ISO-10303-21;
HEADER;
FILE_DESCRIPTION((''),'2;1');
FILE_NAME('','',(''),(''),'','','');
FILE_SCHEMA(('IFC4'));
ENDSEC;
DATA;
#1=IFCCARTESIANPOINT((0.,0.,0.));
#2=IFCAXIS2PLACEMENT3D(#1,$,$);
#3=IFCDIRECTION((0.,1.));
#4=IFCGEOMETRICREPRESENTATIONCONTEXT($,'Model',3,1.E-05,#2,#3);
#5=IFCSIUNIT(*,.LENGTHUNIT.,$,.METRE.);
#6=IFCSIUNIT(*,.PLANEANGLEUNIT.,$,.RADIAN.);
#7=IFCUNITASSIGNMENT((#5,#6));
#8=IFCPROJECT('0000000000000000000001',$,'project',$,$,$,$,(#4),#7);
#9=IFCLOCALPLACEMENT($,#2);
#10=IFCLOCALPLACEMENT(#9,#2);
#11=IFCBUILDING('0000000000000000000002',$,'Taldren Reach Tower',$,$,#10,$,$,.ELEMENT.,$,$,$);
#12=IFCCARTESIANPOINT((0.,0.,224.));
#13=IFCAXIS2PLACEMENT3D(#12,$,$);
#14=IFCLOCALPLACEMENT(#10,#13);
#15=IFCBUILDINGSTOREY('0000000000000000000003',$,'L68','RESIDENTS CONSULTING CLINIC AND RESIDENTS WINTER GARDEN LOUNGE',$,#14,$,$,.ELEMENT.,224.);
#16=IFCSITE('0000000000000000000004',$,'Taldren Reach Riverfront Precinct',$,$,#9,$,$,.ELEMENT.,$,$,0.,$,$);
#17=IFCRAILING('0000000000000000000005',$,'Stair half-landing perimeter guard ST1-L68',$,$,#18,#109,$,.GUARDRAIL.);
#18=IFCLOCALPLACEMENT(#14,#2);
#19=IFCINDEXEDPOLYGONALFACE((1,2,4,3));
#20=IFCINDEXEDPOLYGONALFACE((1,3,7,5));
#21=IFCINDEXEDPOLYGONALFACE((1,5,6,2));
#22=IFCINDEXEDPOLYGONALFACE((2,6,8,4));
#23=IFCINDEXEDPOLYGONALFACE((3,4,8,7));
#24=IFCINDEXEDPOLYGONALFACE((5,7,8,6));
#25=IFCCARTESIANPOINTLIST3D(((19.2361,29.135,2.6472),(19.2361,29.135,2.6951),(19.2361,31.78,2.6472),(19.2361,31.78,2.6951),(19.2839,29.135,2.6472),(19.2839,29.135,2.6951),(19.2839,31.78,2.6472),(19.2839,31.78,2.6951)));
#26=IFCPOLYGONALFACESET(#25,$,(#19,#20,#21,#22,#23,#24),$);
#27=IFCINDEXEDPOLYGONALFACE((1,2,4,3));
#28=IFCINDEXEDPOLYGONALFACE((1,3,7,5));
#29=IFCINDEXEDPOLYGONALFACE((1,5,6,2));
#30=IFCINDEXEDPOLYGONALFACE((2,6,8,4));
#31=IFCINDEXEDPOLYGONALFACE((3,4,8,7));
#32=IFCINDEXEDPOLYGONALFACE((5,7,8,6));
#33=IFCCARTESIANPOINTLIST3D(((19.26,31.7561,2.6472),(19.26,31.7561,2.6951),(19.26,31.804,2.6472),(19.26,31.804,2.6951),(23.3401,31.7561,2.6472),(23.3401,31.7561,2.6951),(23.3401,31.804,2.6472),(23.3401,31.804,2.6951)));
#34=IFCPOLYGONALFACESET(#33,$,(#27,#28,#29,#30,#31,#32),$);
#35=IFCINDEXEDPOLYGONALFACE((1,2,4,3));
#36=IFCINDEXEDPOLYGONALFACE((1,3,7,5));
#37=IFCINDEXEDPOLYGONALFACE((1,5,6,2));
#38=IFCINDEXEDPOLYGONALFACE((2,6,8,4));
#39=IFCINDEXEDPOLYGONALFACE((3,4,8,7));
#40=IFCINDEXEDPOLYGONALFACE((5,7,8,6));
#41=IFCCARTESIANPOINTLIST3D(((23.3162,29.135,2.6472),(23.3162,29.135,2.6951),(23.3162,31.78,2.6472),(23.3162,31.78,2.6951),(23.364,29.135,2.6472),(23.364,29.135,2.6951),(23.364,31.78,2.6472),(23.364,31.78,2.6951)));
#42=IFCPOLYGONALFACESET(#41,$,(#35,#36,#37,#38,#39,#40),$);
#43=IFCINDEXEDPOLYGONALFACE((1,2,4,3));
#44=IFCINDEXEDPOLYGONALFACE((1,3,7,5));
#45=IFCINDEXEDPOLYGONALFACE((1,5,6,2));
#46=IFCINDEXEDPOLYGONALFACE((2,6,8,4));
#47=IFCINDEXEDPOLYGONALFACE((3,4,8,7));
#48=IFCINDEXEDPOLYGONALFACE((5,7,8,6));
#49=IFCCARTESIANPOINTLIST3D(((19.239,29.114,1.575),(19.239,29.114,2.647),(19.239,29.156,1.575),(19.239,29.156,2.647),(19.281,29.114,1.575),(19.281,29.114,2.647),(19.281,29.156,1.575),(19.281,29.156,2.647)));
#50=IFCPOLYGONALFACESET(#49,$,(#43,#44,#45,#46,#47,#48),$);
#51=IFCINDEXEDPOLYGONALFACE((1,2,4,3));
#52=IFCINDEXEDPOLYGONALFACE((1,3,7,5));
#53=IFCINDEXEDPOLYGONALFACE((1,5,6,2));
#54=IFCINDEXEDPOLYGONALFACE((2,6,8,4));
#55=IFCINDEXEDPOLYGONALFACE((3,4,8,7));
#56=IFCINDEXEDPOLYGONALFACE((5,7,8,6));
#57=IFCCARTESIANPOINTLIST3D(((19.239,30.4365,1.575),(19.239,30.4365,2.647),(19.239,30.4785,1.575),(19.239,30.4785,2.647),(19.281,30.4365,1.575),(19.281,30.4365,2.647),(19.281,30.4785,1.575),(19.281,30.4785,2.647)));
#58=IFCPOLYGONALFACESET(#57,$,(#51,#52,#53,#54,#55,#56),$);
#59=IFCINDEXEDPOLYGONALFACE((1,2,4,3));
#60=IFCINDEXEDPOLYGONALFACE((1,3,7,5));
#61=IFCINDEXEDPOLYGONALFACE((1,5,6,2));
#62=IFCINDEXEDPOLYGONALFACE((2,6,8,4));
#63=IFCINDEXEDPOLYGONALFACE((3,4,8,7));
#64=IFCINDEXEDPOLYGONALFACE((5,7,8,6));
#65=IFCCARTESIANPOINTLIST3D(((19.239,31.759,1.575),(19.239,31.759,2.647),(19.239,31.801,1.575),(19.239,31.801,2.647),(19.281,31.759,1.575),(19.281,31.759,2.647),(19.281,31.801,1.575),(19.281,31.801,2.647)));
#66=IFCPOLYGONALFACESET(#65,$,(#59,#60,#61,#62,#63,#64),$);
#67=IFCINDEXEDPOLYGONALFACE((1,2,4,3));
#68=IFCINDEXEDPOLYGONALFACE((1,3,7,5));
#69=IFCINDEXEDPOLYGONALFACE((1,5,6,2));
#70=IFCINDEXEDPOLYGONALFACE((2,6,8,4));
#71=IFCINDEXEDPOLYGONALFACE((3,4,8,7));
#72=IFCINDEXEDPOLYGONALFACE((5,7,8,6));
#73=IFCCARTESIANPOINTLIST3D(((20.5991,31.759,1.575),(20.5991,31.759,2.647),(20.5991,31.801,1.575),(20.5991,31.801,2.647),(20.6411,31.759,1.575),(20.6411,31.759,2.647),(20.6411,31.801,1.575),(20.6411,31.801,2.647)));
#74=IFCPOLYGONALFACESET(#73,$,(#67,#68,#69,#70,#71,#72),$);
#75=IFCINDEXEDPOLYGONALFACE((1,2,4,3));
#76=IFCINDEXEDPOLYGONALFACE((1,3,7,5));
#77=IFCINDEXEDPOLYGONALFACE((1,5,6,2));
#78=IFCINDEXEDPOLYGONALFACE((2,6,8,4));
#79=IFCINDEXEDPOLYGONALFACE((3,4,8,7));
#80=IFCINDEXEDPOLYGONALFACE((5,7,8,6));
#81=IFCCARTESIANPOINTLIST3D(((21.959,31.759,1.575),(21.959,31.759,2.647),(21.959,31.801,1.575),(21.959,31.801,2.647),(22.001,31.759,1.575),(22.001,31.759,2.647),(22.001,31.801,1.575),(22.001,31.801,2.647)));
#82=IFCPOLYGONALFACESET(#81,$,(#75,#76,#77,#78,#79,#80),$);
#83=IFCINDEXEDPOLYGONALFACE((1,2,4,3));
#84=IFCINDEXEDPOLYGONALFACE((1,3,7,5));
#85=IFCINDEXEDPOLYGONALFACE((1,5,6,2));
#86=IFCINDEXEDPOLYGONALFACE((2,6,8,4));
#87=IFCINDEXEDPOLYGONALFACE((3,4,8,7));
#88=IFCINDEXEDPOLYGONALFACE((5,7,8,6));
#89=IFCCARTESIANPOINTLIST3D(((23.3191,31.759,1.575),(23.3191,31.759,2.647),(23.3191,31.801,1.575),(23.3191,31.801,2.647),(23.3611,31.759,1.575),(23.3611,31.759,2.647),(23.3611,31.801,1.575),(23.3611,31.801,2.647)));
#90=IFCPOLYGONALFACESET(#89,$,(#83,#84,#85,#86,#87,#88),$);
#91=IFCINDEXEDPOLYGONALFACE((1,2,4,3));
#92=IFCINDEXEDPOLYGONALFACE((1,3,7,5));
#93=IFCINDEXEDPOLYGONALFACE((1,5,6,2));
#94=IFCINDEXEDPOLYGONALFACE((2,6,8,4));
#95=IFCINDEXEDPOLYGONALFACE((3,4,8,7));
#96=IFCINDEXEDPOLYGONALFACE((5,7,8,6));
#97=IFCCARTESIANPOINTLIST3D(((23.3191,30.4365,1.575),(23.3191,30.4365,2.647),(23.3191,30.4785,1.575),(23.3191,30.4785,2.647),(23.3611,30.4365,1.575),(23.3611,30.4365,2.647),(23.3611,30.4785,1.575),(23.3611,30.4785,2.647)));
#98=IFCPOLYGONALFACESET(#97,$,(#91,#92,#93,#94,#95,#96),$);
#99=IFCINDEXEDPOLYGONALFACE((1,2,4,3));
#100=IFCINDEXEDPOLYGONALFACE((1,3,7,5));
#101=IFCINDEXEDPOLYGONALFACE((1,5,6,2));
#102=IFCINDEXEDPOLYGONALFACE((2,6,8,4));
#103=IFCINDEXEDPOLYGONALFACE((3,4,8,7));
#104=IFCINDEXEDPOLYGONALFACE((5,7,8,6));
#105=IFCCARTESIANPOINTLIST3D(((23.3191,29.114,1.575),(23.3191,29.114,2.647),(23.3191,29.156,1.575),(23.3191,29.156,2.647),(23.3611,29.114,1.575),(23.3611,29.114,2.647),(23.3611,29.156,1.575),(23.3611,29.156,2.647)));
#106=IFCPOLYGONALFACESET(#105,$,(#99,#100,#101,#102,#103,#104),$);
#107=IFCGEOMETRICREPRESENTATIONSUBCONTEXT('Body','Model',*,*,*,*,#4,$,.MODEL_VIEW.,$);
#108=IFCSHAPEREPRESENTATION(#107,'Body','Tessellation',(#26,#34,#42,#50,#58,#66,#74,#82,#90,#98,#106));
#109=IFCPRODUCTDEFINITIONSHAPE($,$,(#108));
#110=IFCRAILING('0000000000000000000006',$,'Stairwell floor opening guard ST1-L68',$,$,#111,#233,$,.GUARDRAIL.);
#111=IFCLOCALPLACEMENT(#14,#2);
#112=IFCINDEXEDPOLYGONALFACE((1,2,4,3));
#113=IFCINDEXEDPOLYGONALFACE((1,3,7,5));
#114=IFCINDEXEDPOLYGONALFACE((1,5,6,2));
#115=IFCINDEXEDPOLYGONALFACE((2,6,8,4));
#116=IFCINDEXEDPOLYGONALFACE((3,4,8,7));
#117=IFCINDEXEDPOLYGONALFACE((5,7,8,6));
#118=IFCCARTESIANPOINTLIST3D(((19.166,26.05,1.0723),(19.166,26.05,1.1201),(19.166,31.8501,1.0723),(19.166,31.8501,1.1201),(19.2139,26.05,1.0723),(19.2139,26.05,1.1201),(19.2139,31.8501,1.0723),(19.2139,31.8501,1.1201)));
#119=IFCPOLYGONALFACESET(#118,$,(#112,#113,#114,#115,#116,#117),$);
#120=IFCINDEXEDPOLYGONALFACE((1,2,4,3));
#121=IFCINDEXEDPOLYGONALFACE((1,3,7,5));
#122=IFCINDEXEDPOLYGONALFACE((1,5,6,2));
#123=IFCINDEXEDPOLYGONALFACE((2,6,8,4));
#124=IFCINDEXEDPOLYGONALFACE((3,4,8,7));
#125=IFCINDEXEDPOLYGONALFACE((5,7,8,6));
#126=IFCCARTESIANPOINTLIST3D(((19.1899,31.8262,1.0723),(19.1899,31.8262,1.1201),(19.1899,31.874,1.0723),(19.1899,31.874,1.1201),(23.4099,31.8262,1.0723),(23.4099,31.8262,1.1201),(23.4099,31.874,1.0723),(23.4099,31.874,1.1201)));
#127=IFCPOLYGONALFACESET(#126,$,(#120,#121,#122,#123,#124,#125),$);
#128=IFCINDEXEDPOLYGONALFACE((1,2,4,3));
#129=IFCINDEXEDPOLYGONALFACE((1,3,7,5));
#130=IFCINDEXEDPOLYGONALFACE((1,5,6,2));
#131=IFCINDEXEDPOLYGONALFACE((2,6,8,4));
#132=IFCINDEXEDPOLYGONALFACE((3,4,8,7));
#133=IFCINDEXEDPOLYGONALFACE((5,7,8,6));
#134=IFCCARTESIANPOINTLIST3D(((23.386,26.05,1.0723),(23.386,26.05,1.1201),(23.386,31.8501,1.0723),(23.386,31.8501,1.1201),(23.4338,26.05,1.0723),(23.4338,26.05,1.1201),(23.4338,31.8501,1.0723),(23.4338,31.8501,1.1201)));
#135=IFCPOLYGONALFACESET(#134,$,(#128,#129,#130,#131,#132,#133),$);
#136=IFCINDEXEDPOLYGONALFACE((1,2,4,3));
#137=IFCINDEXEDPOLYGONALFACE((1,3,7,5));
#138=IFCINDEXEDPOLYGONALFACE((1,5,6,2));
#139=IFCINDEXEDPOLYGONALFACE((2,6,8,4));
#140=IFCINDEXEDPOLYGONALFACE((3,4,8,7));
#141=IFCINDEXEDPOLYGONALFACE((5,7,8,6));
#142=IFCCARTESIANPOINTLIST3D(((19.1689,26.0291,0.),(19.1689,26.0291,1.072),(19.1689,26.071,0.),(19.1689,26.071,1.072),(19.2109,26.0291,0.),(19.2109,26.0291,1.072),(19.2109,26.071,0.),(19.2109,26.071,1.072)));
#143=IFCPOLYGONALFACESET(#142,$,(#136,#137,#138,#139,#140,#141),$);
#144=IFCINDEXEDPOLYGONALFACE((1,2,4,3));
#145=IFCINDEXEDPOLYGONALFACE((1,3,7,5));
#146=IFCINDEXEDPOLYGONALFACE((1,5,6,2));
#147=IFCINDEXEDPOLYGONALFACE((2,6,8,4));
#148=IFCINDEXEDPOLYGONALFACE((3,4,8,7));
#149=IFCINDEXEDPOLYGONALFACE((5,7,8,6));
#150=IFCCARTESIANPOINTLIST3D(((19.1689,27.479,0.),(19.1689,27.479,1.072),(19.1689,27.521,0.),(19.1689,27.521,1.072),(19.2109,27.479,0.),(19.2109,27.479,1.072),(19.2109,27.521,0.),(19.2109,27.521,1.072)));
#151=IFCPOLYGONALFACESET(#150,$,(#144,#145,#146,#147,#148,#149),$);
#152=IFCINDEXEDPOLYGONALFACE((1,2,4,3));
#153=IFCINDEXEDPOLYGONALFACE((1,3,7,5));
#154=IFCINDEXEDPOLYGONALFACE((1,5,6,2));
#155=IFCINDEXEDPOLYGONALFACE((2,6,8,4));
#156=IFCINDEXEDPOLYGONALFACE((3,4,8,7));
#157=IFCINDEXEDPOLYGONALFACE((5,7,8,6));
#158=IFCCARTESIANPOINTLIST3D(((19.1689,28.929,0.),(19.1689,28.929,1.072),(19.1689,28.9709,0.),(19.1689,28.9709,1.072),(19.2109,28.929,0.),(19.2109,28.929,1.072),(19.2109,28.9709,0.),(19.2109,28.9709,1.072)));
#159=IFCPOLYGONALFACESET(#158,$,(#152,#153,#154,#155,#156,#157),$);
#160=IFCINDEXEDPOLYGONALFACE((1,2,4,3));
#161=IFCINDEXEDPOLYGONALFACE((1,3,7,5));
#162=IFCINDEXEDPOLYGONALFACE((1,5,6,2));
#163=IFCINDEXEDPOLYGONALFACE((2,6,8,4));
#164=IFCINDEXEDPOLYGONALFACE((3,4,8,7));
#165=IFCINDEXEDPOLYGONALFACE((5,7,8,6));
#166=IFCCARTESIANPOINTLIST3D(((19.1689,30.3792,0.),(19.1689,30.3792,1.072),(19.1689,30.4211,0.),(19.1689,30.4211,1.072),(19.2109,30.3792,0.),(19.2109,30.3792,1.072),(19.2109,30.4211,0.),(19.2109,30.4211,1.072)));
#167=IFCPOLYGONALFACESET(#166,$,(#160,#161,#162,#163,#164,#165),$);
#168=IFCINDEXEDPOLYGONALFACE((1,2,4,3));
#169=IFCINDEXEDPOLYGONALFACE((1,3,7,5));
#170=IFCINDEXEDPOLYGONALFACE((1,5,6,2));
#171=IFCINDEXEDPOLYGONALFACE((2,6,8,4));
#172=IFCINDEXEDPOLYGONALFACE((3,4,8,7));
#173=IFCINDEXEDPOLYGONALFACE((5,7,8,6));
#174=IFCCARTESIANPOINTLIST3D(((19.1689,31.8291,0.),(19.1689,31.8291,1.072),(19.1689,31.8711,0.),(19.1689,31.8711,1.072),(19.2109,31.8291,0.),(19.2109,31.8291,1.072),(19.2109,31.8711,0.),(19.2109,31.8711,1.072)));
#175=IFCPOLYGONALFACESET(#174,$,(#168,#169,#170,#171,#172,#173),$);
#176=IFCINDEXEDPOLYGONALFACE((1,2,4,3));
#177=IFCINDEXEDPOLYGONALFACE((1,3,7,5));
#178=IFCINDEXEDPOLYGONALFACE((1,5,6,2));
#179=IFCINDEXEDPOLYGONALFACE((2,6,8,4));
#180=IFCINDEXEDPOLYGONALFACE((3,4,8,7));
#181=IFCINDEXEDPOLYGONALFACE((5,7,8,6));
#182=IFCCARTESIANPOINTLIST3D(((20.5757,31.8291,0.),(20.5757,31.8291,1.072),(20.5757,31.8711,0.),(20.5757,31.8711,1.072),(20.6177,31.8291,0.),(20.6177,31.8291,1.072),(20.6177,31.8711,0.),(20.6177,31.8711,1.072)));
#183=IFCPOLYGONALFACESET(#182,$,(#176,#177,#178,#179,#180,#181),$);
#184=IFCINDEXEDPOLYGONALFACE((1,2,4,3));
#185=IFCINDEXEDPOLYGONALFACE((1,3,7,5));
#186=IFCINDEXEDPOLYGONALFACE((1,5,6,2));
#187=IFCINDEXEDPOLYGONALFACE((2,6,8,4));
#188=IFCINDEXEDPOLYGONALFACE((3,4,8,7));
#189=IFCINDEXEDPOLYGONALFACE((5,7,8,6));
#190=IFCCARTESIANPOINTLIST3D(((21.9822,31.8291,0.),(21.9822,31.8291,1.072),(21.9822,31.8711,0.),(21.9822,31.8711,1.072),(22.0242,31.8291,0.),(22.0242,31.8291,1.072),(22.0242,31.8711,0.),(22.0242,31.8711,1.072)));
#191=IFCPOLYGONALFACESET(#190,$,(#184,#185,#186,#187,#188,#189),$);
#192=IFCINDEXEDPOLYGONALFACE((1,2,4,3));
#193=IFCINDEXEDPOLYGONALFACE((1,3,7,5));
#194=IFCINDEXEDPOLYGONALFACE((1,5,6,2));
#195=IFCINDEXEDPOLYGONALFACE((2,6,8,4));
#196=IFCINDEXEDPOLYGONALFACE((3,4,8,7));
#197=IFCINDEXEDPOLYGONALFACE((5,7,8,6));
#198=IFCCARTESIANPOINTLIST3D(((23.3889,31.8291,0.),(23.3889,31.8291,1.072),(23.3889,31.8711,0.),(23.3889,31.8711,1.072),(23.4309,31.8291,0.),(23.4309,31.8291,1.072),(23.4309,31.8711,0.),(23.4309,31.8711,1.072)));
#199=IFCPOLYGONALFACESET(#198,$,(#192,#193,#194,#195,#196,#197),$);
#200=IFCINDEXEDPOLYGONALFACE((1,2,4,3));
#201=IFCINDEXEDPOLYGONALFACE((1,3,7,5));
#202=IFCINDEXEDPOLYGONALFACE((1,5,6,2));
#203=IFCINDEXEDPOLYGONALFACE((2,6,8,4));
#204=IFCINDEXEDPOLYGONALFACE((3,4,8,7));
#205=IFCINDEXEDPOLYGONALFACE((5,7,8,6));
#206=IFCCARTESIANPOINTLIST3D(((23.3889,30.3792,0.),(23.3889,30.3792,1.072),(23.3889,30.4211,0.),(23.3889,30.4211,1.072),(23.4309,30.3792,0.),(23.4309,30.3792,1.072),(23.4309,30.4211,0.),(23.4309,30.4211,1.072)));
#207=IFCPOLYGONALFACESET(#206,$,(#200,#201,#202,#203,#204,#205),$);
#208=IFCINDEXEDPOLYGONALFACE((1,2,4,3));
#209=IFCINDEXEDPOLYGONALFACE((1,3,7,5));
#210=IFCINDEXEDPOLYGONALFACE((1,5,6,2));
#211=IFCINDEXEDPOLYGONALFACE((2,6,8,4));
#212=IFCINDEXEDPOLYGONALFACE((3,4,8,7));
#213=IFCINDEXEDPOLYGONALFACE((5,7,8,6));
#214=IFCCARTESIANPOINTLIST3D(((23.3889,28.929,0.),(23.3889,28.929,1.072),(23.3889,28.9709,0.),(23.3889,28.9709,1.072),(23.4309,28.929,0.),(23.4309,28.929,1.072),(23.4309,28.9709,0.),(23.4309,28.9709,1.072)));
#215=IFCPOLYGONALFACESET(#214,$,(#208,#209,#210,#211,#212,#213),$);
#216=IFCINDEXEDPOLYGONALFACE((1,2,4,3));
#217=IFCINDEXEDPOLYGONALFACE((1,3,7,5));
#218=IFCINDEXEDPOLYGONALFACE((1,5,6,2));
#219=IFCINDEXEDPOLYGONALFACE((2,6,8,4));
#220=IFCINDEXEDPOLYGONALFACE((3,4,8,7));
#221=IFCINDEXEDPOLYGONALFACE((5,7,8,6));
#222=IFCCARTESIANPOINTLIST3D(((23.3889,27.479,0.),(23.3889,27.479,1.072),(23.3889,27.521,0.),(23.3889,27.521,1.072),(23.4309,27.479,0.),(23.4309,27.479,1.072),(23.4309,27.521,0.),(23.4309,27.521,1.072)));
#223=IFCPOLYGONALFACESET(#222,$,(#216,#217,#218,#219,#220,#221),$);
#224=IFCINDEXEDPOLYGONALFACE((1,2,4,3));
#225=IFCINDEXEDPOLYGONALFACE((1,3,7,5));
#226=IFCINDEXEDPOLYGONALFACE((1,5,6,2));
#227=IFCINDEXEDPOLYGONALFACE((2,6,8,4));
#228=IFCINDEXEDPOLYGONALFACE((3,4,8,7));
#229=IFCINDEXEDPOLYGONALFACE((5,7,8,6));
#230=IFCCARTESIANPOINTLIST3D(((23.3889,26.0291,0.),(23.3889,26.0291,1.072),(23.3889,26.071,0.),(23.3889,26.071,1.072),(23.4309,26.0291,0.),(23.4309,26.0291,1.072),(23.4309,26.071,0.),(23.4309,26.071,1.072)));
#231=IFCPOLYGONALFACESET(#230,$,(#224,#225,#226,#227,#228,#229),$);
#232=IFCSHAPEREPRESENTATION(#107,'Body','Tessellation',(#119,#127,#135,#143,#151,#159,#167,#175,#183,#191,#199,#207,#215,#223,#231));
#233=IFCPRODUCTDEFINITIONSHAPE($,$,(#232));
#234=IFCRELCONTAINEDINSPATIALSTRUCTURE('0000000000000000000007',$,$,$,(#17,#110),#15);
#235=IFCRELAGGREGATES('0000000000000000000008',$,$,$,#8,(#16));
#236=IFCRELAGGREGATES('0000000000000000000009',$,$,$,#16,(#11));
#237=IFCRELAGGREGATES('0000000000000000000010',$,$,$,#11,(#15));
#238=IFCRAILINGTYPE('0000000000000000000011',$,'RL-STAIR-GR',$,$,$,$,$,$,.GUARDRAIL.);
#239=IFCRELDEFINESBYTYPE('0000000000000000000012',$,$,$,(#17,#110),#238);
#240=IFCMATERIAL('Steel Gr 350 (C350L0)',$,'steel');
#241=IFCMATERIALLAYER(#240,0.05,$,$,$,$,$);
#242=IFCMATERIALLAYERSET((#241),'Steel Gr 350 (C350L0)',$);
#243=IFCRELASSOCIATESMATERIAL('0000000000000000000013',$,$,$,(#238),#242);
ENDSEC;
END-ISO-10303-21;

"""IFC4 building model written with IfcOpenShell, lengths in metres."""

from ifc_helpers import new_model, si_unit, direction, frame, origin, origin_2d, place, context, subcontext, project, spatial, rectangle, extrude, material, layer, layer_set, type_object, element, save


model = new_model("IFC4")

# Units and contexts
model_context = context("Model", 3, precision=1e-05, world=origin(), true_north=direction((0.0, 1.0)))
body_context = subcontext(model_context, "Body", "Model", "MODEL_VIEW")
ifc_project = project(units=[si_unit("LENGTHUNIT", "METRE"), si_unit("PLANEANGLEUNIT", "RADIAN")], contexts=[model_context])

# Site, building, storey
site_placement = place(None, origin())
site = spatial("IfcSite", under=ifc_project, at=site_placement, Name="Taldren Reach Riverfront Precinct", CompositionType="ELEMENT", RefElevation=0.0)
building_placement = place(site_placement, origin())
building = spatial("IfcBuilding", under=site, at=building_placement, Name="Taldren Reach Tower", CompositionType="ELEMENT")
storey_placement = place(building_placement, frame((0.0, 0.0, 224.0)))
storey = spatial("IfcBuildingStorey", under=building, at=storey_placement, Name="L68", Description="RESIDENTS CONSULTING CLINIC AND RESIDENTS WINTER GARDEN LOUNGE", CompositionType="ELEMENT", Elevation=224.0)

# Shared definitions
ifc_material_1 = material(Name="Steel Gr 350 (C350L0)", Category="steel")

# Railings
ifc_layer_1 = layer(ifc_material_1, 0.05)
ifc_layer_set_1 = layer_set([ifc_layer_1], Name="Steel Gr 350 (C350L0)")
railing_type_1 = type_object("IfcRailingType", Name="RL-STAIR-GR", PredefinedType="GUARDRAIL", material=ifc_layer_set_1)
railing_1_placement = place(storey_placement, frame((19.26, 29.135, 1.575)))
element("IfcRailing", 1, at=railing_1_placement, inside=storey, type_object=railing_type_1, Name="Stair half-landing perimeter guard ST1-L68", PredefinedType="GUARDRAIL", context=body_context, shape_type="SweptSolid", body=[
    extrude(rectangle(XDim=0.0479, YDim=0.0479, at=origin_2d()), frame((0.0, 0.0, 1.0962), z_axis=(0.0, 1.0, 0.0), x_axis=(-1.0, 0.0, 0.0)), (0.0, 0.0, 1.0), 2.645),
    extrude(rectangle(XDim=0.0479, YDim=0.0479, at=origin_2d()), frame((0.0, 2.645, 1.0962), z_axis=(1.0, 0.0, 0.0), x_axis=(0.0, 1.0, 0.0)), (0.0, 0.0, 1.0), 4.0801),
    extrude(rectangle(XDim=0.0479, YDim=0.0479, at=origin_2d()), frame((4.0801, 2.645, 1.0962), z_axis=(0.0, -1.0, 0.0), x_axis=(1.0, 0.0, 0.0)), (0.0, 0.0, 1.0), 2.645),
    extrude(rectangle(XDim=0.042, YDim=0.042, at=origin_2d()), origin(), (0.0, 0.0, 1.0), 1.072),
    extrude(rectangle(XDim=0.042, YDim=0.042, at=origin_2d()), frame((0.0, 1.3225, 0.0)), (0.0, 0.0, 1.0), 1.072),
    extrude(rectangle(XDim=0.042, YDim=0.042, at=origin_2d()), frame((0.0, 2.645, 0.0)), (0.0, 0.0, 1.0), 1.072),
    extrude(rectangle(XDim=0.042, YDim=0.042, at=origin_2d()), frame((1.3601, 2.645, 0.0)), (0.0, 0.0, 1.0), 1.072),
    extrude(rectangle(XDim=0.042, YDim=0.042, at=origin_2d()), frame((2.72, 2.645, 0.0)), (0.0, 0.0, 1.0), 1.072),
    extrude(rectangle(XDim=0.042, YDim=0.042, at=origin_2d()), frame((4.0801, 2.645, 0.0)), (0.0, 0.0, 1.0), 1.072),
    extrude(rectangle(XDim=0.042, YDim=0.042, at=origin_2d()), frame((4.0801, 1.3225, 0.0)), (0.0, 0.0, 1.0), 1.072),
    extrude(rectangle(XDim=0.042, YDim=0.042, at=origin_2d()), frame((4.0801, 0.0, 0.0)), (0.0, 0.0, 1.0), 1.072),
])
railing_2_placement = place(storey_placement, frame((19.1899, 26.05, 0.0)))
element("IfcRailing", 2, at=railing_2_placement, inside=storey, type_object=railing_type_1, Name="Stairwell floor opening guard ST1-L68", PredefinedType="GUARDRAIL", context=body_context, shape_type="SweptSolid", body=[
    extrude(rectangle(XDim=0.0479, YDim=0.0479, at=origin_2d()), frame((0.0, 0.0, 1.0962), z_axis=(0.0, 1.0, 0.0), x_axis=(-1.0, 0.0, 0.0)), (0.0, 0.0, 1.0), 5.8),
    extrude(rectangle(XDim=0.0479, YDim=0.0479, at=origin_2d()), frame((0.0, 5.8, 1.0962), z_axis=(1.0, 0.0, 0.0), x_axis=(0.0, 1.0, 0.0)), (0.0, 0.0, 1.0), 4.22),
    extrude(rectangle(XDim=0.0479, YDim=0.0479, at=origin_2d()), frame((4.22, 5.8, 1.0962), z_axis=(0.0, -1.0, 0.0), x_axis=(1.0, 0.0, 0.0)), (0.0, 0.0, 1.0), 5.8),
    extrude(rectangle(XDim=0.042, YDim=0.042, at=origin_2d()), origin(), (0.0, 0.0, 1.0), 1.072),
    extrude(rectangle(XDim=0.042, YDim=0.042, at=origin_2d()), frame((0.0, 1.45, 0.0)), (0.0, 0.0, 1.0), 1.072),
    extrude(rectangle(XDim=0.042, YDim=0.042, at=origin_2d()), frame((0.0, 2.8999, 0.0)), (0.0, 0.0, 1.0), 1.072),
    extrude(rectangle(XDim=0.042, YDim=0.042, at=origin_2d()), frame((0.0, 4.3501, 0.0)), (0.0, 0.0, 1.0), 1.072),
    extrude(rectangle(XDim=0.042, YDim=0.042, at=origin_2d()), frame((0.0, 5.8, 0.0)), (0.0, 0.0, 1.0), 1.072),
    extrude(rectangle(XDim=0.042, YDim=0.042, at=origin_2d()), frame((1.4067, 5.8, 0.0)), (0.0, 0.0, 1.0), 1.072),
    extrude(rectangle(XDim=0.042, YDim=0.042, at=origin_2d()), frame((2.8132, 5.8, 0.0)), (0.0, 0.0, 1.0), 1.072),
    extrude(rectangle(XDim=0.042, YDim=0.042, at=origin_2d()), frame((4.22, 5.8, 0.0)), (0.0, 0.0, 1.0), 1.072),
    extrude(rectangle(XDim=0.042, YDim=0.042, at=origin_2d()), frame((4.22, 4.3501, 0.0)), (0.0, 0.0, 1.0), 1.072),
    extrude(rectangle(XDim=0.042, YDim=0.042, at=origin_2d()), frame((4.22, 2.8999, 0.0)), (0.0, 0.0, 1.0), 1.072),
    extrude(rectangle(XDim=0.042, YDim=0.042, at=origin_2d()), frame((4.22, 1.45, 0.0)), (0.0, 0.0, 1.0), 1.072),
    extrude(rectangle(XDim=0.042, YDim=0.042, at=origin_2d()), frame((4.22, 0.0, 0.0)), (0.0, 0.0, 1.0), 1.072),
])

save(model, "model.ifc")
